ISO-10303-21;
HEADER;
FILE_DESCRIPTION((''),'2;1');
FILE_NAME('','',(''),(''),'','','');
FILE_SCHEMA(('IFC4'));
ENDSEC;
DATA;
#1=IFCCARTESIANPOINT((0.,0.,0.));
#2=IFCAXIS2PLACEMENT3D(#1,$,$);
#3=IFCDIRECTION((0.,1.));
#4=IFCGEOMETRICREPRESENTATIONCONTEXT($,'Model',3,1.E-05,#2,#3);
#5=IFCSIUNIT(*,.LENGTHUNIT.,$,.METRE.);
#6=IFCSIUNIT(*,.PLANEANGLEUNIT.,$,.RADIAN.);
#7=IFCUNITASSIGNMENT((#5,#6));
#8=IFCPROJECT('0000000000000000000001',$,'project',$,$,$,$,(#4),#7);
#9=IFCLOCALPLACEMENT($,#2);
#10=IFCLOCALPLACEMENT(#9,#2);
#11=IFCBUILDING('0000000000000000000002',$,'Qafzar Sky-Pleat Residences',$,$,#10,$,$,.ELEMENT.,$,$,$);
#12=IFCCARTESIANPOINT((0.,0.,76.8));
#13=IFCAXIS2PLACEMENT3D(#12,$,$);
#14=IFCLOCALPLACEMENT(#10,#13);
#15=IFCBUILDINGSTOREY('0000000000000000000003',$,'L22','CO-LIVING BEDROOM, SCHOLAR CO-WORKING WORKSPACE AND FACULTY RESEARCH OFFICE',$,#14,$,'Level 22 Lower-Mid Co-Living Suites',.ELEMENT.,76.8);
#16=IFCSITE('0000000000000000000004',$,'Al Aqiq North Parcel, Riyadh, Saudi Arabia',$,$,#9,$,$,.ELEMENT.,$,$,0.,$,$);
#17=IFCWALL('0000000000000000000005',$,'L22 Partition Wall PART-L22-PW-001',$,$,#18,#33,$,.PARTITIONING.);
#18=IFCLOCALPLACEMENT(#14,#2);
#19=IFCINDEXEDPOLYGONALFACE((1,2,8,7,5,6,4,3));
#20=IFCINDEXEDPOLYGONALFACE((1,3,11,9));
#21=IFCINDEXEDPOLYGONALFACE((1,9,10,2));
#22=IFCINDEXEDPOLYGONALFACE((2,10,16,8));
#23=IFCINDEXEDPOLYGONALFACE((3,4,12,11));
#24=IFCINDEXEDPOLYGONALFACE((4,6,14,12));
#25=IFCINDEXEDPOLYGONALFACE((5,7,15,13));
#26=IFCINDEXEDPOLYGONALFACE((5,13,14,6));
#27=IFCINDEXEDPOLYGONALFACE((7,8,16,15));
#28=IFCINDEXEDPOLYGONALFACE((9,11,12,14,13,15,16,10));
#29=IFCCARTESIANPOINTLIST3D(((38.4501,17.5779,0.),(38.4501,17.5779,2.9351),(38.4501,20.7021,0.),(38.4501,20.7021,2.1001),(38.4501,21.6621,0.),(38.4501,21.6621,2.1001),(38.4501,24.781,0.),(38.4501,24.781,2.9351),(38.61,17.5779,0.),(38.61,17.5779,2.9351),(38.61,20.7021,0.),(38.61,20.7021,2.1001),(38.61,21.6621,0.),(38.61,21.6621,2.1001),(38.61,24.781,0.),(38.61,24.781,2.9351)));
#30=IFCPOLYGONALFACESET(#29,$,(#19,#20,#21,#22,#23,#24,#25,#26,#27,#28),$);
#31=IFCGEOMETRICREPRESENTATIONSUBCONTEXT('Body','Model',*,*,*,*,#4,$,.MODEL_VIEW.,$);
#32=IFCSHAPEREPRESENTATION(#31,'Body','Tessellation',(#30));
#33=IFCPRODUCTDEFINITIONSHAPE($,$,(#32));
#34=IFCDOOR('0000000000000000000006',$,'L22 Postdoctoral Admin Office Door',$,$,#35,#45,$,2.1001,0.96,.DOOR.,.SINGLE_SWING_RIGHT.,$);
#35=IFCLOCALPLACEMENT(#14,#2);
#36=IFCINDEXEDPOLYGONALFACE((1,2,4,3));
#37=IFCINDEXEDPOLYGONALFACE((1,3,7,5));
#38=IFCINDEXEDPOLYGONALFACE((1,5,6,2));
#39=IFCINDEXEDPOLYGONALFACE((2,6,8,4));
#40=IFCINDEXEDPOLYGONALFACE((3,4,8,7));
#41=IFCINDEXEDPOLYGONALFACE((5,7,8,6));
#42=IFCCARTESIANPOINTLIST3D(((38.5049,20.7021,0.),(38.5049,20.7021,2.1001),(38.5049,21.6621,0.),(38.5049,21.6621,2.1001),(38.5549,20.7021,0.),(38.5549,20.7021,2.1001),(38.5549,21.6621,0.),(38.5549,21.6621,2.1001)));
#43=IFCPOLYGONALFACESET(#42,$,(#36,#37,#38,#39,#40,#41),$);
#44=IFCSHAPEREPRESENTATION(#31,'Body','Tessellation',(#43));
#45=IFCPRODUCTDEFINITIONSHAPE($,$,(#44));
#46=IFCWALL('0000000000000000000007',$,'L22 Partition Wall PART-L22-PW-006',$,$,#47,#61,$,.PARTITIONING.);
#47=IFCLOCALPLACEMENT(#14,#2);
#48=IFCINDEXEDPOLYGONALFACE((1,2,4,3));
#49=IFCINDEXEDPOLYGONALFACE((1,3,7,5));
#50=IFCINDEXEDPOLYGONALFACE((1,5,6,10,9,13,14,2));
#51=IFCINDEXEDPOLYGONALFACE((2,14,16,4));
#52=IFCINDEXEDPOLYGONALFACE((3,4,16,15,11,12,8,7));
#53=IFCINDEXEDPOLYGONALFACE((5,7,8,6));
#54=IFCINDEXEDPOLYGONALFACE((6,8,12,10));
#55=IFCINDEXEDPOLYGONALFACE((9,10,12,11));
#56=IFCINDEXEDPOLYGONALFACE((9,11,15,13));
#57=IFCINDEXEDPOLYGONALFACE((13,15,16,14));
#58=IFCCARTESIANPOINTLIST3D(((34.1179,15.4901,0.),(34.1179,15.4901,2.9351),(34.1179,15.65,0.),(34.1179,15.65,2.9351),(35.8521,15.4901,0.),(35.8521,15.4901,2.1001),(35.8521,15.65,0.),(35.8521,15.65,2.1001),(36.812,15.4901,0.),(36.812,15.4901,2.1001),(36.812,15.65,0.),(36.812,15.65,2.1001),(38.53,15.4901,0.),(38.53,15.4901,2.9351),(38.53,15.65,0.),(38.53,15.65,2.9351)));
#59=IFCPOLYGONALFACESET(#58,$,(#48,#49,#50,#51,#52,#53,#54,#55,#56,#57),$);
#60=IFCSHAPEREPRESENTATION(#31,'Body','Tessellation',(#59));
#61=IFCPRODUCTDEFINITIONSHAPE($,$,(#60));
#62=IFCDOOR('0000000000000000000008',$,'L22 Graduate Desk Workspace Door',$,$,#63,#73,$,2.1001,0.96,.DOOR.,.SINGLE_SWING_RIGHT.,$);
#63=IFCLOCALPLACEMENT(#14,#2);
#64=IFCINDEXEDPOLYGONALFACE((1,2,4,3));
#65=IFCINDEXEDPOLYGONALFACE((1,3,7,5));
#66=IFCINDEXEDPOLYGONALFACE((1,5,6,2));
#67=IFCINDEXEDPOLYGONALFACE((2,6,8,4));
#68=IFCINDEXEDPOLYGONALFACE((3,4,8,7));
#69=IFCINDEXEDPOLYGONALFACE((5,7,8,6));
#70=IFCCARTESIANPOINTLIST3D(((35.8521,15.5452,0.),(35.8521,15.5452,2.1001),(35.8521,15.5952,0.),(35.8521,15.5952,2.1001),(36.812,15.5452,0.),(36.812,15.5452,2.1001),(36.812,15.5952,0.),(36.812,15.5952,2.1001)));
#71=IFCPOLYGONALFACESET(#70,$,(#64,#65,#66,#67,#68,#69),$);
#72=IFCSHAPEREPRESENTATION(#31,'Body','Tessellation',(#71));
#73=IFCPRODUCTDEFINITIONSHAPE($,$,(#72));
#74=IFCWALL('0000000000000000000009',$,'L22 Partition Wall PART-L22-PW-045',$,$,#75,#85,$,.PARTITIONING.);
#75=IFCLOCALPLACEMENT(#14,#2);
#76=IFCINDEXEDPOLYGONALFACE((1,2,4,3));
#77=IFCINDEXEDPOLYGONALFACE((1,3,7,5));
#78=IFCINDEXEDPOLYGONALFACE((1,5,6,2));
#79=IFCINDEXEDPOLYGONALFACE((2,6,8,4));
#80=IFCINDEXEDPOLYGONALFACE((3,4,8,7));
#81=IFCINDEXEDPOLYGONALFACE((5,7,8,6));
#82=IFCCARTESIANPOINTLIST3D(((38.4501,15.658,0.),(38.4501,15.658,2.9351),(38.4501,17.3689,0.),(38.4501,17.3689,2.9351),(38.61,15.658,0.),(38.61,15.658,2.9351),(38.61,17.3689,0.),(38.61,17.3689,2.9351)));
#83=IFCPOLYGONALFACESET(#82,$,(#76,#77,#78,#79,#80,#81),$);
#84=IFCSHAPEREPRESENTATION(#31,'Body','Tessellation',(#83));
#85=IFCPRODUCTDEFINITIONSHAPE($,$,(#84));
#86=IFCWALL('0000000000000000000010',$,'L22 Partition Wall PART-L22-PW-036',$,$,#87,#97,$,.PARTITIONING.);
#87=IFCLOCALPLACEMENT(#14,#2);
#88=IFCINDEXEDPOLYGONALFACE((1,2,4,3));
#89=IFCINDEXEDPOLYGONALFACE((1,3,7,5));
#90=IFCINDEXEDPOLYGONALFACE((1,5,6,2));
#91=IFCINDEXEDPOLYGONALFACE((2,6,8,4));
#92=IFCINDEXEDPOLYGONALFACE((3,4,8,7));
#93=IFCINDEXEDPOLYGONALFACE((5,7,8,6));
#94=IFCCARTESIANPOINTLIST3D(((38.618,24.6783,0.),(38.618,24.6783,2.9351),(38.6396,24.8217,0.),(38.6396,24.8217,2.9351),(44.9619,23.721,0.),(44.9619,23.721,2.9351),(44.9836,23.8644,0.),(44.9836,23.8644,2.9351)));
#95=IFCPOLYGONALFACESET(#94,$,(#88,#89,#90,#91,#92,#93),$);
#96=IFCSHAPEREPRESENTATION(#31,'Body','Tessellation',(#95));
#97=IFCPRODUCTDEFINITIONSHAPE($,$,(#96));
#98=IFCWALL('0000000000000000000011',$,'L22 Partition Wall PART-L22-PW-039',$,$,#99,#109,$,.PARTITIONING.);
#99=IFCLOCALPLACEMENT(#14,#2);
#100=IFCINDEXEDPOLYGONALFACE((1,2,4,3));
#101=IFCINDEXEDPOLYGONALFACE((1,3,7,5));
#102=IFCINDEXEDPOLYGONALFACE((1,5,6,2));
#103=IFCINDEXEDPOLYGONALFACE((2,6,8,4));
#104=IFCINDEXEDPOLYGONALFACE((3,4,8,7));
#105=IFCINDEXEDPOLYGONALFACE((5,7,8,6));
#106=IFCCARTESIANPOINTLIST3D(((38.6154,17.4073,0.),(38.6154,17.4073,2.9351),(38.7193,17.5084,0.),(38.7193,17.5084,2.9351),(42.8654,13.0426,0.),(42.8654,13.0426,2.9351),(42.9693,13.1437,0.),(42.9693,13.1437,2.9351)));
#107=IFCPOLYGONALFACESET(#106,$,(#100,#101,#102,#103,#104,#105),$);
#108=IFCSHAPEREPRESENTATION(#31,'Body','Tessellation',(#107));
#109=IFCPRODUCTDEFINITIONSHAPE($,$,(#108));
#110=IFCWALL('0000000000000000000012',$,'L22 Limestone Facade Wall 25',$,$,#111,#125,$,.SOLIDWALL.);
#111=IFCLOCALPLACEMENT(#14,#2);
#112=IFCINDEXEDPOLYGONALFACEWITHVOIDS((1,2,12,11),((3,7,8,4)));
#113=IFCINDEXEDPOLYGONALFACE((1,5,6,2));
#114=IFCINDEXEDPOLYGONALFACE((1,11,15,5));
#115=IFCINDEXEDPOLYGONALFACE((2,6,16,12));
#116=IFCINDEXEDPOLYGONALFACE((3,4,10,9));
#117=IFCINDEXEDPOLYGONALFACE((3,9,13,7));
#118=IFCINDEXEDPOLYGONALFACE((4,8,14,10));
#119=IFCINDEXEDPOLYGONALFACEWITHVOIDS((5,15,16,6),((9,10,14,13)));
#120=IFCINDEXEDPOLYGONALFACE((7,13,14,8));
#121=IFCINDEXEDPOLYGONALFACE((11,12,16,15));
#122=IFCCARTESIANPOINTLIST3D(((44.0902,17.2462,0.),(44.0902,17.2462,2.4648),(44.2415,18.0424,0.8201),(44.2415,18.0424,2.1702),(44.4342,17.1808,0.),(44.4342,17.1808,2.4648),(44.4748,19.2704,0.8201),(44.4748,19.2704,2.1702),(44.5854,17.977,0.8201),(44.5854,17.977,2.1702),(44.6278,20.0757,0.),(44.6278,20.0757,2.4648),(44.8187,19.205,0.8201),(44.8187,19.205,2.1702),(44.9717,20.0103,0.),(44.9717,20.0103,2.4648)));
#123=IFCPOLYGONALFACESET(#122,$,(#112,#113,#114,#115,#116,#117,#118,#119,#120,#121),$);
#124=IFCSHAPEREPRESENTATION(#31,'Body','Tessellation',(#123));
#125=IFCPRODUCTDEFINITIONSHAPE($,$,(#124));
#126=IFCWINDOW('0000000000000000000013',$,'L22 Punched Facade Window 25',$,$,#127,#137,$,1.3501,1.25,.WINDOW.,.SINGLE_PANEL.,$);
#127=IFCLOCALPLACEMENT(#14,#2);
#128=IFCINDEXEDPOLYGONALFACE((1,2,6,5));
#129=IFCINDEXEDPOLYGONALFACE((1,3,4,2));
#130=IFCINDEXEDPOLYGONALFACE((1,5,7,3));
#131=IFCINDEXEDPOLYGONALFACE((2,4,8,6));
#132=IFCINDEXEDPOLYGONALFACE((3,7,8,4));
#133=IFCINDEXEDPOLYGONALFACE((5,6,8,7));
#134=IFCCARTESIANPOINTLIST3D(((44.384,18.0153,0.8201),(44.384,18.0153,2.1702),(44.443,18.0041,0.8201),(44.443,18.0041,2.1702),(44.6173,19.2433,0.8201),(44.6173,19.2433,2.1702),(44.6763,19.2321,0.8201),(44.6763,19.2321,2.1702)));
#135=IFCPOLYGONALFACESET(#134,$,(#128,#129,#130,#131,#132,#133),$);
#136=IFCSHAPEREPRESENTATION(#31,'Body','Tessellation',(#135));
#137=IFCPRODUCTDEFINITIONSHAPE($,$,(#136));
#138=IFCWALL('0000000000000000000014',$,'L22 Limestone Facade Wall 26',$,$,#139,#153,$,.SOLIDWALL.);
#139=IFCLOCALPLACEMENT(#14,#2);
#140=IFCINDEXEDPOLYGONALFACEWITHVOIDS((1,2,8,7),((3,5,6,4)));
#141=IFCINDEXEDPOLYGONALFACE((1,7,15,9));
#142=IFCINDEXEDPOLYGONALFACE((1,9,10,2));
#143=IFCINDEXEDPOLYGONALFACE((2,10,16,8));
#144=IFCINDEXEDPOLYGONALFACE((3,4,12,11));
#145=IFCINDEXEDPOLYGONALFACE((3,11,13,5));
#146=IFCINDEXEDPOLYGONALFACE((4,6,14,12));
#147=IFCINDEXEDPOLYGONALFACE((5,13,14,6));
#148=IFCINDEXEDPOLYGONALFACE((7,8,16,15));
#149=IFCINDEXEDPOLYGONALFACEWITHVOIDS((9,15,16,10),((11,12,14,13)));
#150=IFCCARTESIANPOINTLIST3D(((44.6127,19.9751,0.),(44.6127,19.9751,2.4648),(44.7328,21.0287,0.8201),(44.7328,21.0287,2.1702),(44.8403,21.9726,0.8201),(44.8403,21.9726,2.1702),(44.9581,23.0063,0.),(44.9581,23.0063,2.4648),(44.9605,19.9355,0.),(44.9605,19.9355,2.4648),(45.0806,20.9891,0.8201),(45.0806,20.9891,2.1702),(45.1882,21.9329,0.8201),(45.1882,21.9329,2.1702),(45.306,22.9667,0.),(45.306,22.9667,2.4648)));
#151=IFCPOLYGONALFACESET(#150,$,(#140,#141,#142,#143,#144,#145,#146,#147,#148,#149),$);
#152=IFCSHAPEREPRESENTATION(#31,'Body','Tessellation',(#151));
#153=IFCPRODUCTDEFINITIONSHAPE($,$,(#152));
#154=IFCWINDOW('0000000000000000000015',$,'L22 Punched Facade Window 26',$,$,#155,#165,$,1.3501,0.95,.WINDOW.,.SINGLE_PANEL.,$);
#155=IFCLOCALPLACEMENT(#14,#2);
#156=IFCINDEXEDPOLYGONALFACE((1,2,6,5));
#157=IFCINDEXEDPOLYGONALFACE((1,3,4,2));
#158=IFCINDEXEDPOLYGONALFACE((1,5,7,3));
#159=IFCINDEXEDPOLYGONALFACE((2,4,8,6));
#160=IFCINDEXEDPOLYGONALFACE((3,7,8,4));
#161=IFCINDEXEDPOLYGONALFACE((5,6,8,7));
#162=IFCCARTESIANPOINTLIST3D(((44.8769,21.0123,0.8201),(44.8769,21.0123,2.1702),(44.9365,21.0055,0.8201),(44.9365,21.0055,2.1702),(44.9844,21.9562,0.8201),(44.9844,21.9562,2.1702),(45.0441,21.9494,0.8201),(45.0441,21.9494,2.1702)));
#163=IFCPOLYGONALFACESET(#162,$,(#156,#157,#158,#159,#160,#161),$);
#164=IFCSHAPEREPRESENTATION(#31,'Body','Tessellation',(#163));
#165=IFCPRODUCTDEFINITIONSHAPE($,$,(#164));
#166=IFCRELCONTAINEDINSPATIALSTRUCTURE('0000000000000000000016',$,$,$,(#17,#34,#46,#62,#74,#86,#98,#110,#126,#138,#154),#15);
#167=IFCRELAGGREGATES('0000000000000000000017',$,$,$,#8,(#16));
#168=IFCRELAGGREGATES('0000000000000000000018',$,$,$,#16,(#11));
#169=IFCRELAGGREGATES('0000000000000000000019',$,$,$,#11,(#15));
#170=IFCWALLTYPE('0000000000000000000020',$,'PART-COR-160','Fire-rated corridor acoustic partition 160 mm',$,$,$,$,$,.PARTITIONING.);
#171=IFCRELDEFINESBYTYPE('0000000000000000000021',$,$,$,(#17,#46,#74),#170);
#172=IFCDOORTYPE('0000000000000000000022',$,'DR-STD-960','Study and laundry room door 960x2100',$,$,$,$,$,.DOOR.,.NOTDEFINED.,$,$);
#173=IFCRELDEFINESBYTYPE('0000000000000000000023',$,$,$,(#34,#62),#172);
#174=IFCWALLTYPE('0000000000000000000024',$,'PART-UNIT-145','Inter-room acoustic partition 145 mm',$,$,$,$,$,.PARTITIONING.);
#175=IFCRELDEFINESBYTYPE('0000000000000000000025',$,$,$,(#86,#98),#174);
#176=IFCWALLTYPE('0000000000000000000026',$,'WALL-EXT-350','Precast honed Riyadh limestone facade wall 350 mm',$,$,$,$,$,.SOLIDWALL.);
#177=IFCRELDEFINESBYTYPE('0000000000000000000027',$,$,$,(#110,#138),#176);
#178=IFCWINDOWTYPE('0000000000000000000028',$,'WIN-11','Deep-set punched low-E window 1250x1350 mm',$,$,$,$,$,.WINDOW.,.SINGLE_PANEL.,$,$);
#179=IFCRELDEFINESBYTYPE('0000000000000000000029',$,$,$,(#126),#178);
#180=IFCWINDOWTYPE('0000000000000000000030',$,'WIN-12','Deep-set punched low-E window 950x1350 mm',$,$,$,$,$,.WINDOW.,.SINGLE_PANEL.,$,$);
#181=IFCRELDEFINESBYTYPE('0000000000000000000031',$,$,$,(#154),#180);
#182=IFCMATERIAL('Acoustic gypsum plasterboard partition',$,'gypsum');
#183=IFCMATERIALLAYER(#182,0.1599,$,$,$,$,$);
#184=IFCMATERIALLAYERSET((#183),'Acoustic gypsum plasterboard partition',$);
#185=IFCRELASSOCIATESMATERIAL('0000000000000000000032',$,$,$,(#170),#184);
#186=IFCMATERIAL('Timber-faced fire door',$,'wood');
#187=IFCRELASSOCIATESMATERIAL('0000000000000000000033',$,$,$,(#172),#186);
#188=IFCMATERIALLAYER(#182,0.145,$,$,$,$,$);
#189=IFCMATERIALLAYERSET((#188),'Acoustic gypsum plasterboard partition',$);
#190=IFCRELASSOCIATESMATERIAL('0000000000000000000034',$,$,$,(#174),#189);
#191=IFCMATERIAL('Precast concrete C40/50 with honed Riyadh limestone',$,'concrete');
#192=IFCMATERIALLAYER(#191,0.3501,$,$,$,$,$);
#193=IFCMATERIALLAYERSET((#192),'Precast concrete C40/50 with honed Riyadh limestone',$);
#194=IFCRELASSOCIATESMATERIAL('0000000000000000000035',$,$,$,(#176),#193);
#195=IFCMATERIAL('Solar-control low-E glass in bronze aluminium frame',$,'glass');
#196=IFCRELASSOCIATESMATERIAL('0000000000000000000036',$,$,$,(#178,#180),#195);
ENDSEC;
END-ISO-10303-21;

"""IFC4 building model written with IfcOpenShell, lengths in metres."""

from ifc_helpers import new_model, si_unit, direction, frame, frame_2d, origin, place, context, subcontext, project, spatial, rectangle, extrude, source, transform, mapped, material, layer, layer_set, type_object, element, fill, save


model = new_model("IFC4")

# Units and contexts
model_context = context("Model", 3, precision=1e-05, world=origin(), true_north=direction((0.0, 1.0)))
body_context = subcontext(model_context, "Body", "Model", "MODEL_VIEW")
ifc_project = project(units=[si_unit("LENGTHUNIT", "METRE"), si_unit("PLANEANGLEUNIT", "RADIAN")], contexts=[model_context])

# Site, building, storey
site_placement = place(None, origin())
site = spatial("IfcSite", under=ifc_project, at=site_placement, Name="Al Aqiq North Parcel, Riyadh, Saudi Arabia", CompositionType="ELEMENT", RefElevation=0.0)
building_placement = place(site_placement, origin())
building = spatial("IfcBuilding", under=site, at=building_placement, Name="Qafzar Sky-Pleat Residences", CompositionType="ELEMENT")
storey_placement = place(building_placement, frame((0.0, 0.0, 76.8)))
storey = spatial("IfcBuildingStorey", under=building, at=storey_placement, Name="L22", Description="CO-LIVING BEDROOM, SCHOLAR CO-WORKING WORKSPACE AND FACULTY RESEARCH OFFICE", LongName="Level 22 Lower-Mid Co-Living Suites", CompositionType="ELEMENT", Elevation=76.8)

# Walls, openings, doors
ifc_material_1 = material(Name="Acoustic gypsum plasterboard partition", Category="gypsum")
ifc_layer_1 = layer(ifc_material_1, 0.1599)
ifc_layer_set_1 = layer_set([ifc_layer_1], Name="Acoustic gypsum plasterboard partition")
wall_type_1 = type_object("IfcWallType", Name="PART-COR-160", Description="Fire-rated corridor acoustic partition 160 mm", PredefinedType="PARTITIONING", material=ifc_layer_set_1)
wall_1_placement = place(storey_placement, frame((38.53, 24.781, 0.0), z_axis=(0.0, 0.0, 1.0), x_axis=(0.0, -1.0, 0.0)))
wall_1 = element("IfcWall", 1, at=wall_1_placement, inside=storey, type_object=wall_type_1, Name="L22 Partition Wall PART-L22-PW-001", PredefinedType="PARTITIONING", context=body_context, shape_type="SweptSolid", body=[
    extrude(rectangle(XDim=7.2031, YDim=0.1599, at=frame_2d((3.6016, 0.0))), origin(), (0.0, 0.0, 1.0), 2.9351),
])
opening_1_placement = place(wall_1_placement, frame((3.1189, 0.0, 0.0)))
opening_1 = element("IfcOpeningElement", 2, at=opening_1_placement, cuts=wall_1, PredefinedType="OPENING", context=body_context, shape_type="SweptSolid", body=[
    extrude(rectangle(XDim=0.96, YDim=2.1001, at=frame_2d((0.48, 1.05))), frame((0.0, 0.0898, 0.0), z_axis=(0.0, -1.0, 0.0), x_axis=(1.0, 0.0, 0.0)), (0.0, 0.0, 1.0), 0.1799),
])
ifc_material_2 = material(Name="Timber-faced fire door", Category="wood")
door_type_1 = type_object("IfcDoorType", Name="DR-STD-960", Description="Study and laundry room door 960x2100", OperationType="NOTDEFINED", PredefinedType="DOOR", material=ifc_material_2)
shared_shape_1 = source(origin(), body_context, "Body", "SweptSolid", [
    extrude(rectangle(XDim=0.96, YDim=2.1001, at=frame_2d((0.48, 1.05))), frame((0.0, 0.0249, 0.0), z_axis=(0.0, -1.0, 0.0), x_axis=(1.0, 0.0, 0.0)), (0.0, 0.0, 1.0), 0.05),
])
door_1_placement = place(opening_1_placement, origin())
door_1 = element("IfcDoor", 3, at=door_1_placement, inside=storey, type_object=door_type_1, Name="L22 Postdoctoral Admin Office Door", OperationType="SINGLE_SWING_RIGHT", OverallHeight=2.1001, OverallWidth=0.96, PredefinedType="DOOR", context=body_context, shape_type="MappedRepresentation", body=[
    mapped(shared_shape_1, transform((0.0, 0.0, 0.0), x_axis=(1.0, 0.0, 0.0), y_axis=(0.0, 1.0, 0.0), z_axis=(0.0, 0.0, 1.0), scale=1.0)),
])
fill(opening_1, door_1)
wall_2_placement = place(storey_placement, frame((38.53, 15.5701, 0.0), z_axis=(0.0, 0.0, 1.0), x_axis=(-1.0, 0.0, 0.0)))
wall_2 = element("IfcWall", 4, at=wall_2_placement, inside=storey, type_object=wall_type_1, Name="L22 Partition Wall PART-L22-PW-006", PredefinedType="PARTITIONING", context=body_context, shape_type="SweptSolid", body=[
    extrude(rectangle(XDim=4.4121, YDim=0.1599, at=frame_2d((2.2061, 0.0))), origin(), (0.0, 0.0, 1.0), 2.9351),
])
opening_2_placement = place(wall_2_placement, frame((1.718, 0.0, 0.0)))
opening_2 = element("IfcOpeningElement", 5, at=opening_2_placement, cuts=wall_2, PredefinedType="OPENING", context=body_context, shape_type="SweptSolid", body=[
    extrude(rectangle(XDim=0.96, YDim=2.1001, at=frame_2d((0.48, 1.05))), frame((0.0, 0.0898, 0.0), z_axis=(0.0, -1.0, 0.0), x_axis=(1.0, 0.0, 0.0)), (0.0, 0.0, 1.0), 0.1799),
])
door_2_placement = place(opening_2_placement, origin())
door_2 = element("IfcDoor", 6, at=door_2_placement, inside=storey, type_object=door_type_1, Name="L22 Graduate Desk Workspace Door", OperationType="SINGLE_SWING_RIGHT", OverallHeight=2.1001, OverallWidth=0.96, PredefinedType="DOOR", context=body_context, shape_type="MappedRepresentation", body=[
    mapped(shared_shape_1, transform((0.0, 0.0, 0.0), x_axis=(1.0, 0.0, 0.0), y_axis=(0.0, 1.0, 0.0), z_axis=(0.0, 0.0, 1.0), scale=1.0)),
])
fill(opening_2, door_2)

# Walls
wall_3_placement = place(storey_placement, frame((38.53, 15.658, 0.0), z_axis=(0.0, 0.0, 1.0), x_axis=(0.0, 1.0, 0.0)))
element("IfcWall", 7, at=wall_3_placement, inside=storey, type_object=wall_type_1, Name="L22 Partition Wall PART-L22-PW-045", PredefinedType="PARTITIONING", context=body_context, shape_type="SweptSolid", body=[
    extrude(rectangle(XDim=1.7109, YDim=0.1599, at=frame_2d((0.8555, 0.0))), origin(), (0.0, 0.0, 1.0), 2.9351),
])
ifc_layer_2 = layer(ifc_material_1, 0.145)
ifc_layer_set_2 = layer_set([ifc_layer_2], Name="Acoustic gypsum plasterboard partition")
wall_type_2 = type_object("IfcWallType", Name="PART-UNIT-145", Description="Inter-room acoustic partition 145 mm", PredefinedType="PARTITIONING", material=ifc_layer_set_2)
wall_4_placement = place(storey_placement, frame((38.6287, 24.75, 0.0), z_axis=(0.0, 0.0, 1.0), x_axis=(0.988806, -0.149206, 0.0)))
element("IfcWall", 8, at=wall_4_placement, inside=storey, type_object=wall_type_2, Name="L22 Partition Wall PART-L22-PW-036", PredefinedType="PARTITIONING", context=body_context, shape_type="SweptSolid", body=[
    extrude(rectangle(XDim=6.4158, YDim=0.145, at=frame_2d((3.208, 0.0))), origin(), (0.0, 0.0, 1.0), 2.9351),
])
wall_5_placement = place(storey_placement, frame((38.6675, 17.4578, 0.0), z_axis=(0.0, 0.0, 1.0), x_axis=(0.697626, -0.716462, 0.0)))
element("IfcWall", 9, at=wall_5_placement, inside=storey, type_object=wall_type_2, Name="L22 Partition Wall PART-L22-PW-039", PredefinedType="PARTITIONING", context=body_context, shape_type="SweptSolid", body=[
    extrude(rectangle(XDim=6.092, YDim=0.145, at=frame_2d((3.0459, 0.0))), origin(), (0.0, 0.0, 1.0), 2.9351),
])

# Walls, openings, windows
ifc_material_3 = material(Name="Precast concrete C40/50 with honed Riyadh limestone", Category="concrete")
ifc_layer_3 = layer(ifc_material_3, 0.3501)
ifc_layer_set_3 = layer_set([ifc_layer_3], Name="Precast concrete C40/50 with honed Riyadh limestone")
wall_type_3 = type_object("IfcWallType", Name="WALL-EXT-350", Description="Precast honed Riyadh limestone facade wall 350 mm", PredefinedType="SOLIDWALL", material=ifc_layer_set_3)
wall_6_placement = place(storey_placement, frame((44.2622, 17.2136, 0.0), z_axis=(0.0, 0.0, 1.0), x_axis=(0.186652, 0.982426, 0.0)))
wall_6 = element("IfcWall", 10, at=wall_6_placement, inside=storey, type_object=wall_type_3, Name="L22 Limestone Facade Wall 25", PredefinedType="SOLIDWALL", context=body_context, shape_type="SweptSolid", body=[
    extrude(rectangle(XDim=2.8801, YDim=0.3501, at=frame_2d((1.4399, 0.0))), origin(), (0.0, 0.0, 1.0), 2.4648),
])
opening_3_placement = place(wall_6_placement, frame((0.8103, 0.0, 0.8201)))
opening_3 = element("IfcOpeningElement", 11, at=opening_3_placement, cuts=wall_6, PredefinedType="OPENING", context=body_context, shape_type="SweptSolid", body=[
    extrude(rectangle(XDim=1.25, YDim=1.3501, at=frame_2d((0.625, 0.675))), frame((0.0, 0.1851, 0.0), z_axis=(0.0, -1.0, 0.0), x_axis=(1.0, 0.0, 0.0)), (0.0, 0.0, 1.0), 0.3701),
])
ifc_material_4 = material(Name="Solar-control low-E glass in bronze aluminium frame", Category="glass")
window_type_1 = type_object("IfcWindowType", Name="WIN-11", Description="Deep-set punched low-E window 1250x1350 mm", PartitioningType="SINGLE_PANEL", PredefinedType="WINDOW", material=ifc_material_4)
shared_shape_2 = source(origin(), body_context, "Body", "SweptSolid", [
    extrude(rectangle(XDim=1.25, YDim=1.3501, at=frame_2d((0.625, 0.675))), frame((0.0, 0.03, 0.0), z_axis=(0.0, -1.0, 0.0), x_axis=(1.0, 0.0, 0.0)), (0.0, 0.0, 1.0), 0.0601),
])
window_1_placement = place(opening_3_placement, origin())
window_1 = element("IfcWindow", 12, at=window_1_placement, inside=storey, type_object=window_type_1, Name="L22 Punched Facade Window 25", OverallHeight=1.3501, OverallWidth=1.25, PartitioningType="SINGLE_PANEL", PredefinedType="WINDOW", context=body_context, shape_type="MappedRepresentation", body=[
    mapped(shared_shape_2, transform((0.0, 0.0, 0.0), x_axis=(1.0, 0.0, 0.0), y_axis=(0.0, 1.0, 0.0), z_axis=(0.0, 0.0, 1.0), scale=1.0)),
])
fill(opening_3, window_1)
wall_7_placement = place(storey_placement, frame((44.7866, 19.9553, 0.0), z_axis=(0.0, 0.0, 1.0), x_axis=(0.113233, 0.993568, 0.0)))
wall_7 = element("IfcWall", 13, at=wall_7_placement, inside=storey, type_object=wall_type_3, Name="L22 Limestone Facade Wall 26", PredefinedType="SOLIDWALL", context=body_context, shape_type="SweptSolid", body=[
    extrude(rectangle(XDim=3.0508, YDim=0.3501, at=frame_2d((1.5254, 0.0))), origin(), (0.0, 0.0, 1.0), 2.4648),
])
opening_4_placement = place(wall_7_placement, frame((1.0603, 0.0, 0.8201)))
opening_4 = element("IfcOpeningElement", 14, at=opening_4_placement, cuts=wall_7, PredefinedType="OPENING", context=body_context, shape_type="SweptSolid", body=[
    extrude(rectangle(XDim=0.95, YDim=1.3501, at=frame_2d((0.4751, 0.675))), frame((0.0, 0.1851, 0.0), z_axis=(0.0, -1.0, 0.0), x_axis=(1.0, 0.0, 0.0)), (0.0, 0.0, 1.0), 0.3701),
])
window_type_2 = type_object("IfcWindowType", Name="WIN-12", Description="Deep-set punched low-E window 950x1350 mm", PartitioningType="SINGLE_PANEL", PredefinedType="WINDOW", material=ifc_material_4)
shared_shape_3 = source(origin(), body_context, "Body", "SweptSolid", [
    extrude(rectangle(XDim=0.95, YDim=1.3501, at=frame_2d((0.4751, 0.675))), frame((0.0, 0.03, 0.0), z_axis=(0.0, -1.0, 0.0), x_axis=(1.0, 0.0, 0.0)), (0.0, 0.0, 1.0), 0.0601),
])
window_2_placement = place(opening_4_placement, origin())
window_2 = element("IfcWindow", 15, at=window_2_placement, inside=storey, type_object=window_type_2, Name="L22 Punched Facade Window 26", OverallHeight=1.3501, OverallWidth=0.95, PartitioningType="SINGLE_PANEL", PredefinedType="WINDOW", context=body_context, shape_type="MappedRepresentation", body=[
    mapped(shared_shape_3, transform((0.0, 0.0, 0.0), x_axis=(1.0, 0.0, 0.0), y_axis=(0.0, 1.0, 0.0), z_axis=(0.0, 0.0, 1.0), scale=1.0)),
])
fill(opening_4, window_2)

save(model, "model.ifc")
